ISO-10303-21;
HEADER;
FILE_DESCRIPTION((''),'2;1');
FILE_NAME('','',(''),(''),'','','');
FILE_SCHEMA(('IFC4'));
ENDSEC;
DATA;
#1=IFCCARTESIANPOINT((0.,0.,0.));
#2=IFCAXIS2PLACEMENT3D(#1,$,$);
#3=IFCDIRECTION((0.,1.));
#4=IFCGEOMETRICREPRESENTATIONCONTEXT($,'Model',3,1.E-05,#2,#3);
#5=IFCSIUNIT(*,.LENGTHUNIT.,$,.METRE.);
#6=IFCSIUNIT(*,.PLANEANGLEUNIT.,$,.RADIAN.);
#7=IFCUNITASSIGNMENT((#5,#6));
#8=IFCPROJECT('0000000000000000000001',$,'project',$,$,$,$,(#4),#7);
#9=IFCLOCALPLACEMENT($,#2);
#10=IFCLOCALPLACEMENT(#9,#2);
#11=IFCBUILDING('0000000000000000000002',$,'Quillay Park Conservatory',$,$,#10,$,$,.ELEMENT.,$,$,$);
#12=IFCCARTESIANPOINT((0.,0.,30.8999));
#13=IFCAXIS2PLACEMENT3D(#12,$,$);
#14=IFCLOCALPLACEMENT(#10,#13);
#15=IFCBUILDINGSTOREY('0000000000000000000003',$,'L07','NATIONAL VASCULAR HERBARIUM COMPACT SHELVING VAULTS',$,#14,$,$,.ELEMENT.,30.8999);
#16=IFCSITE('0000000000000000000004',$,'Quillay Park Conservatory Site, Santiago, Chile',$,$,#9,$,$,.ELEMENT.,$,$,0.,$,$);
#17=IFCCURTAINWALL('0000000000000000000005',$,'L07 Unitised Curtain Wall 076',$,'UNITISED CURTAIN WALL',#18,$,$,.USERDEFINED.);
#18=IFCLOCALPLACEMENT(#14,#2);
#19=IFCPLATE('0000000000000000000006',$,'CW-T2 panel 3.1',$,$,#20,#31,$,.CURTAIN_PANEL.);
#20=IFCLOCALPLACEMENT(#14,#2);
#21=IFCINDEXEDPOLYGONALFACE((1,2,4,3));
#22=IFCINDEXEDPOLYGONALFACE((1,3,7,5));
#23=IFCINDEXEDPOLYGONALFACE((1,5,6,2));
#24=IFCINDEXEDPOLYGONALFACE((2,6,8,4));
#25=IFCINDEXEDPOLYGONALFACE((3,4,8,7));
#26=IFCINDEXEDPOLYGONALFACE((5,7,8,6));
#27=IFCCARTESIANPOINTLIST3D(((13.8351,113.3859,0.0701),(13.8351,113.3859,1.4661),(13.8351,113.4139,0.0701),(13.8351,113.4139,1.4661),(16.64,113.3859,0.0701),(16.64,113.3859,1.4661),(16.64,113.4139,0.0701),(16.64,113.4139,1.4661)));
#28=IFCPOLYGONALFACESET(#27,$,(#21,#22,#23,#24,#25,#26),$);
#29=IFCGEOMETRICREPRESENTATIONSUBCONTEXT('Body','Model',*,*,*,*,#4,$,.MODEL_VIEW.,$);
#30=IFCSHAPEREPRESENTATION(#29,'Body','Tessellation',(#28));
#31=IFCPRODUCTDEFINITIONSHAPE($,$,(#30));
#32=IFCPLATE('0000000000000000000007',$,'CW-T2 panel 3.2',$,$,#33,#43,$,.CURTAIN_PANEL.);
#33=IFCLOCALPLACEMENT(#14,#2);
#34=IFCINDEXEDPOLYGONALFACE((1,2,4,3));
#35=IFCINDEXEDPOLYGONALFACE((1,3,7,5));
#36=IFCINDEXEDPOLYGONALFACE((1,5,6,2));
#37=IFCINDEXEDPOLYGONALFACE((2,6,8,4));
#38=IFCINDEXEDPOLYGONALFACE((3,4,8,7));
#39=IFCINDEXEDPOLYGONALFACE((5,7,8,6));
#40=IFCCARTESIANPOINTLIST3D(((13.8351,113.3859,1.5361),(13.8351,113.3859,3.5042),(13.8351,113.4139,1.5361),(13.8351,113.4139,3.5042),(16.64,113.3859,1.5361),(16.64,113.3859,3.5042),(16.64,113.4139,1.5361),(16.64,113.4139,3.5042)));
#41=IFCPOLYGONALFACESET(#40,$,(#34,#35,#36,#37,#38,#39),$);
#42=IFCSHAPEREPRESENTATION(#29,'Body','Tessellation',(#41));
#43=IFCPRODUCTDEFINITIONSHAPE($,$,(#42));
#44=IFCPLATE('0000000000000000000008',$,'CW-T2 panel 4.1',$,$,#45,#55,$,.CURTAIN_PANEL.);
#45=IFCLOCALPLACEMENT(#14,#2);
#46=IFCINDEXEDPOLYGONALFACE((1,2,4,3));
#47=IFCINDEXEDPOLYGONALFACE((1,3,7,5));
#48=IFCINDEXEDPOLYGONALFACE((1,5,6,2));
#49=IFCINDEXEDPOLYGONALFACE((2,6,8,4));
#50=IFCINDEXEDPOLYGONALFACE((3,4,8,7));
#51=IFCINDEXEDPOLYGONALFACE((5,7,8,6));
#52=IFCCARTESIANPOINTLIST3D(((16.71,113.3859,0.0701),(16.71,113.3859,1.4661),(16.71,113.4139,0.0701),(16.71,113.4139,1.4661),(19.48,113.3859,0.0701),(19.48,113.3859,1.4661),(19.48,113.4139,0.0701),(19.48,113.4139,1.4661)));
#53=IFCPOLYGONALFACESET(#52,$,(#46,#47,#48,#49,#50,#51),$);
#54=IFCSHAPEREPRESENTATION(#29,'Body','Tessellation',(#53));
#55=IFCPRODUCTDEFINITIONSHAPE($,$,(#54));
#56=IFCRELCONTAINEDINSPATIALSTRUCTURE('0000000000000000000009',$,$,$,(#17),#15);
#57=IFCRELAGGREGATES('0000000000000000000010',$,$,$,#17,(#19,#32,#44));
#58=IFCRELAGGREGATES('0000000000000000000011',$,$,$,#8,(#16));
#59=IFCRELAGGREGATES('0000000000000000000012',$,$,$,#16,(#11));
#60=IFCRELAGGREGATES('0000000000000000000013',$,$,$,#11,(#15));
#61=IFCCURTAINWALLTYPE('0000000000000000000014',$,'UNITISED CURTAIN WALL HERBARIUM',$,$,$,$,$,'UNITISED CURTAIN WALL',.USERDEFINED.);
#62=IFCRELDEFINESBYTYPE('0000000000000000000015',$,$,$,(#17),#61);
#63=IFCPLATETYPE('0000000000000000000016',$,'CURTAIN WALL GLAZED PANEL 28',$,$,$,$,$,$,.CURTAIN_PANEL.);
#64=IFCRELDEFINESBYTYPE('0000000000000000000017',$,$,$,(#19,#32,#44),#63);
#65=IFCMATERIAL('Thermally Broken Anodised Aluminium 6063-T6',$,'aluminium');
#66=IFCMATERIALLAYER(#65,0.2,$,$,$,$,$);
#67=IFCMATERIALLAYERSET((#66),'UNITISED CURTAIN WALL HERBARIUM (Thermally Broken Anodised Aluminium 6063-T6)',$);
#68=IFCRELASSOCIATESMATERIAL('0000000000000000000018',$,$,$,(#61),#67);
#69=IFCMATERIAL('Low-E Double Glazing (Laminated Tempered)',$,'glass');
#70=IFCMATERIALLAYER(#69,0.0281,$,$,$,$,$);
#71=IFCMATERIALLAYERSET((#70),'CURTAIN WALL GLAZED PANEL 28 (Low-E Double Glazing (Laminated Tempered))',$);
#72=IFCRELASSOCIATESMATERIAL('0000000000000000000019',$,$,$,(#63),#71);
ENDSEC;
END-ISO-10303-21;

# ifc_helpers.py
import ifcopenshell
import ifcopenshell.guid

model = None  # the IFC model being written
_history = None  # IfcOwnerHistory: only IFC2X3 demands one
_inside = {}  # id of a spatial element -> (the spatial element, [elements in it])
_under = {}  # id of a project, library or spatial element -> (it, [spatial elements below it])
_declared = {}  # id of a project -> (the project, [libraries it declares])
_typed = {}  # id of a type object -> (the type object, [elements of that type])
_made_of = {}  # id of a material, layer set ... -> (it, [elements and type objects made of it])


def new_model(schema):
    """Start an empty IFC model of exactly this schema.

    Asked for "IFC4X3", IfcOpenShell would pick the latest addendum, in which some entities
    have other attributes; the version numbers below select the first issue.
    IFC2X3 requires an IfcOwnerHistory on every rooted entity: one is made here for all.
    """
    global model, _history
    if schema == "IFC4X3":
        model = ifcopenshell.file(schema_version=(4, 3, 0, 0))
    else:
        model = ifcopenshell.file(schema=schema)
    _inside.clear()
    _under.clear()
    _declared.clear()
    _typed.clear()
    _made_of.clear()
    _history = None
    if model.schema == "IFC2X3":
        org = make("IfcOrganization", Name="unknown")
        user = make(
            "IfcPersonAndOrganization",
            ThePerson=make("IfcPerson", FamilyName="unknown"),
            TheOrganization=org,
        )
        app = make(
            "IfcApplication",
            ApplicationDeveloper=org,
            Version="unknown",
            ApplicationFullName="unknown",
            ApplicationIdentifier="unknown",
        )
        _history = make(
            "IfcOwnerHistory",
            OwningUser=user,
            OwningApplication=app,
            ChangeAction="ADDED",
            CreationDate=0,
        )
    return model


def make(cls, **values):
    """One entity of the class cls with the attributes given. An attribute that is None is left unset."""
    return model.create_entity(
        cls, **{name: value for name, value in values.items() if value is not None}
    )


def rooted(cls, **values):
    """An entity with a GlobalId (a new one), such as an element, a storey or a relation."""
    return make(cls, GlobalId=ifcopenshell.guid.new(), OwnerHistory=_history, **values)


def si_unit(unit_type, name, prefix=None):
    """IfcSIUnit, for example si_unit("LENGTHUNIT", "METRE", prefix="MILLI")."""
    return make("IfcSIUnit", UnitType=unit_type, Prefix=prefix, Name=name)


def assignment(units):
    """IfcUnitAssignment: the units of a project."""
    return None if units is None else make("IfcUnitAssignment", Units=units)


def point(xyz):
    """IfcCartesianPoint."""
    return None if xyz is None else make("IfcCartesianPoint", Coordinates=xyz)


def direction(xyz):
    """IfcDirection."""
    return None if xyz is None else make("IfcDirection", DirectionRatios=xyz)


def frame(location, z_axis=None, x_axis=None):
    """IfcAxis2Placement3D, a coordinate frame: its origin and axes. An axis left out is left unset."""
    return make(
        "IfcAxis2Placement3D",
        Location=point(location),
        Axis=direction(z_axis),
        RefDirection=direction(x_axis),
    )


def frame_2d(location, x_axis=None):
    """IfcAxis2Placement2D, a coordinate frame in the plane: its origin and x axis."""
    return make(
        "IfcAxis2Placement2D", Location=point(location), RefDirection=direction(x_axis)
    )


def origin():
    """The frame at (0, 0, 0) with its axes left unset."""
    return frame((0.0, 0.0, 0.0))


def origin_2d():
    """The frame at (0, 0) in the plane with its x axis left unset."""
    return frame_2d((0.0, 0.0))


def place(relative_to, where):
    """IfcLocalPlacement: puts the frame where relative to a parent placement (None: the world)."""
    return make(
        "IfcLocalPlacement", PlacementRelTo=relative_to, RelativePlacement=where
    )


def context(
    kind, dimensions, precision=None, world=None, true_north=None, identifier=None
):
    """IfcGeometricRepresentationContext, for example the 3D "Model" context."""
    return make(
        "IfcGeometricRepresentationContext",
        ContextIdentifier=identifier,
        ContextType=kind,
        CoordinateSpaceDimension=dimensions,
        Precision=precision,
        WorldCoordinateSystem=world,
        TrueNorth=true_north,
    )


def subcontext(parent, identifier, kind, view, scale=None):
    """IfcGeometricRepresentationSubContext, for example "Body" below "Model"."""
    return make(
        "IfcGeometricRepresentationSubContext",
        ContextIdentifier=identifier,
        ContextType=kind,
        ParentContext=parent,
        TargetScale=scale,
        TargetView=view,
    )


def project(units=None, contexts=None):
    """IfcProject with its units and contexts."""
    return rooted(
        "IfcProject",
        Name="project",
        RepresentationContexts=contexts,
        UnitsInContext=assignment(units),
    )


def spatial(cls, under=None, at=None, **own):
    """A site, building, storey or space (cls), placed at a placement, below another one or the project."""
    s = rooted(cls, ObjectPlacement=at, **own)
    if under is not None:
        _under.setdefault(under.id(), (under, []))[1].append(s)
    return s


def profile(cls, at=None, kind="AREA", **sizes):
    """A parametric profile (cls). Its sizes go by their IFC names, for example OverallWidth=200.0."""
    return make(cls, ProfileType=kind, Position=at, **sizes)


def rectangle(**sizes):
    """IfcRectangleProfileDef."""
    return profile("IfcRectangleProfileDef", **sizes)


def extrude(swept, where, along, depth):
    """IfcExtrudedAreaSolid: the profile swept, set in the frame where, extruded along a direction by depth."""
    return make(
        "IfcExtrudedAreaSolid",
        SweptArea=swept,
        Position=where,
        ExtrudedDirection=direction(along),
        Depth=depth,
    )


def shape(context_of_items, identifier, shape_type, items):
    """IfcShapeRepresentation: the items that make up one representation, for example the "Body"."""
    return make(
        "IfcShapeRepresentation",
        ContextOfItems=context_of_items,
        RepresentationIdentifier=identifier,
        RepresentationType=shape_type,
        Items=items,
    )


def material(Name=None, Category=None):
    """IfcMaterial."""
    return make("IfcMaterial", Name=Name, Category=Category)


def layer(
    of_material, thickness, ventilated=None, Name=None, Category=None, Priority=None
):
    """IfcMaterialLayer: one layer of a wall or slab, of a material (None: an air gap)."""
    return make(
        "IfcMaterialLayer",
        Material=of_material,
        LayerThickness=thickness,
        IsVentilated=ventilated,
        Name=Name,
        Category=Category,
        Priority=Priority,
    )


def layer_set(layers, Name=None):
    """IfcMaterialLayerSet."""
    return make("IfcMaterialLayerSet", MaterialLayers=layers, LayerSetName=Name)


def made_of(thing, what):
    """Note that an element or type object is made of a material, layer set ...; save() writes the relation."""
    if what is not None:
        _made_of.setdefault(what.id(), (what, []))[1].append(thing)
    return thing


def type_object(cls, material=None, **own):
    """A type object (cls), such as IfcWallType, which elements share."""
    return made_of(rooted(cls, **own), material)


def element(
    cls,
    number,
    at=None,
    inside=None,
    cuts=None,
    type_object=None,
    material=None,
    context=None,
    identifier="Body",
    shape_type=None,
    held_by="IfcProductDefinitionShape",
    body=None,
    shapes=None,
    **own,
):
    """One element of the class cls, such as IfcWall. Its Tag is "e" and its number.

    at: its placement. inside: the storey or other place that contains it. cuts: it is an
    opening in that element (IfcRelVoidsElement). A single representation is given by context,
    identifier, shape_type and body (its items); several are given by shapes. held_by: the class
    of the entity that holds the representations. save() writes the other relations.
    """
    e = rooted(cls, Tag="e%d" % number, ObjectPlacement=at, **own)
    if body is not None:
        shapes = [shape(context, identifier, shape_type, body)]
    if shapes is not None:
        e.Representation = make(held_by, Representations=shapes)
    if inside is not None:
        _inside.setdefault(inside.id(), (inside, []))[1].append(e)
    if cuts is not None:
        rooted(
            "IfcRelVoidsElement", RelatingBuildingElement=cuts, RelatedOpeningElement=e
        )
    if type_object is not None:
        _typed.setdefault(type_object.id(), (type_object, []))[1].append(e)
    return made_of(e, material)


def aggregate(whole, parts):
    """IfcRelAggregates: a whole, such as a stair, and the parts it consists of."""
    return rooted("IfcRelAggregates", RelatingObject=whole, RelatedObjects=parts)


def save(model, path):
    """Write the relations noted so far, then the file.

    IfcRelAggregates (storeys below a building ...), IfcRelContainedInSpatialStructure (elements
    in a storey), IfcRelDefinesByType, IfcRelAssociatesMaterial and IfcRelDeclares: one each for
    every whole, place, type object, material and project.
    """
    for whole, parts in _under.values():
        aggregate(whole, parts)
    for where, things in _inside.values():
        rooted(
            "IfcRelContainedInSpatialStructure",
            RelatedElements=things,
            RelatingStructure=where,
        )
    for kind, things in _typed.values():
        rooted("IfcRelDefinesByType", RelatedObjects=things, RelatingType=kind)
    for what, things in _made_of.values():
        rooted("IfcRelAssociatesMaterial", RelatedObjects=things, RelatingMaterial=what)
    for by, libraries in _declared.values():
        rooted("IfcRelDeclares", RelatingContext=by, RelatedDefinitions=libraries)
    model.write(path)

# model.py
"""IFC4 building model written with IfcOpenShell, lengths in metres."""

from ifc_helpers import new_model, si_unit, direction, frame, origin, origin_2d, place, context, subcontext, project, spatial, rectangle, extrude, material, layer, layer_set, type_object, element, aggregate, save


model = new_model("IFC4")

# Units and contexts
model_context = context("Model", 3, precision=1e-05, world=origin(), true_north=direction((0.0, 1.0)))
body_context = subcontext(model_context, "Body", "Model", "MODEL_VIEW")
ifc_project = project(units=[si_unit("LENGTHUNIT", "METRE"), si_unit("PLANEANGLEUNIT", "RADIAN")], contexts=[model_context])

# Site, building, storey
site_placement = place(None, origin())
site = spatial("IfcSite", under=ifc_project, at=site_placement, Name="Quillay Park Conservatory Site, Santiago, Chile", CompositionType="ELEMENT", RefElevation=0.0)
building_placement = place(site_placement, origin())
building = spatial("IfcBuilding", under=site, at=building_placement, Name="Quillay Park Conservatory", CompositionType="ELEMENT")
storey_placement = place(building_placement, frame((0.0, 0.0, 30.8999)))
storey = spatial("IfcBuildingStorey", under=building, at=storey_placement, Name="L07", Description="NATIONAL VASCULAR HERBARIUM COMPACT SHELVING VAULTS", CompositionType="ELEMENT", Elevation=30.8999)

# Curtain wall
ifc_material_1 = material(Name="Thermally Broken Anodised Aluminium 6063-T6", Category="aluminium")
ifc_layer_1 = layer(ifc_material_1, 0.2)
ifc_layer_set_1 = layer_set([ifc_layer_1], Name="UNITISED CURTAIN WALL HERBARIUM (Thermally Broken Anodised Aluminium 6063-T6)")
curtain_wall_type = type_object("IfcCurtainWallType", Name="UNITISED CURTAIN WALL HERBARIUM", ElementType="UNITISED CURTAIN WALL", PredefinedType="USERDEFINED", material=ifc_layer_set_1)
curtain_wall_placement = place(storey_placement, origin())
curtain_wall = element("IfcCurtainWall", 1, at=curtain_wall_placement, inside=storey, type_object=curtain_wall_type, Name="L07 Unitised Curtain Wall 076", ObjectType="UNITISED CURTAIN WALL", PredefinedType="USERDEFINED")

# Plates
ifc_material_2 = material(Name="Low-E Double Glazing (Laminated Tempered)", Category="glass")
ifc_layer_2 = layer(ifc_material_2, 0.0281)
ifc_layer_set_2 = layer_set([ifc_layer_2], Name="CURTAIN WALL GLAZED PANEL 28 (Low-E Double Glazing (Laminated Tempered))")
plate_type = type_object("IfcPlateType", Name="CURTAIN WALL GLAZED PANEL 28", PredefinedType="CURTAIN_PANEL", material=ifc_layer_set_2)
plate_1_placement = place(storey_placement, frame((15.2375, 113.3999, 0.0701), z_axis=(0.0, 0.0, 1.0), x_axis=(1.0, 0.0, 0.0)))
plate_1 = element("IfcPlate", 2, at=plate_1_placement, type_object=plate_type, Name="CW-T2 panel 3.1", PredefinedType="CURTAIN_PANEL", context=body_context, shape_type="SweptSolid", body=[
    extrude(rectangle(XDim=2.8049, YDim=0.0281, at=origin_2d()), origin(), (0.0, 0.0, 1.0), 1.396),
])
plate_2_placement = place(storey_placement, frame((15.2375, 113.3999, 1.5361), z_axis=(0.0, 0.0, 1.0), x_axis=(1.0, 0.0, 0.0)))
plate_2 = element("IfcPlate", 3, at=plate_2_placement, type_object=plate_type, Name="CW-T2 panel 3.2", PredefinedType="CURTAIN_PANEL", context=body_context, shape_type="SweptSolid", body=[
    extrude(rectangle(XDim=2.8049, YDim=0.0281, at=origin_2d()), origin(), (0.0, 0.0, 1.0), 1.968),
])
plate_3_placement = place(storey_placement, frame((18.095, 113.3999, 0.0701), z_axis=(0.0, 0.0, 1.0), x_axis=(1.0, 0.0, 0.0)))
plate_3 = element("IfcPlate", 4, at=plate_3_placement, type_object=plate_type, Name="CW-T2 panel 4.1", PredefinedType="CURTAIN_PANEL", context=body_context, shape_type="SweptSolid", body=[
    extrude(rectangle(XDim=2.77, YDim=0.0281, at=origin_2d()), origin(), (0.0, 0.0, 1.0), 1.396),
])
aggregate(curtain_wall, [plate_1, plate_2, plate_3])

save(model, "model.ifc")
